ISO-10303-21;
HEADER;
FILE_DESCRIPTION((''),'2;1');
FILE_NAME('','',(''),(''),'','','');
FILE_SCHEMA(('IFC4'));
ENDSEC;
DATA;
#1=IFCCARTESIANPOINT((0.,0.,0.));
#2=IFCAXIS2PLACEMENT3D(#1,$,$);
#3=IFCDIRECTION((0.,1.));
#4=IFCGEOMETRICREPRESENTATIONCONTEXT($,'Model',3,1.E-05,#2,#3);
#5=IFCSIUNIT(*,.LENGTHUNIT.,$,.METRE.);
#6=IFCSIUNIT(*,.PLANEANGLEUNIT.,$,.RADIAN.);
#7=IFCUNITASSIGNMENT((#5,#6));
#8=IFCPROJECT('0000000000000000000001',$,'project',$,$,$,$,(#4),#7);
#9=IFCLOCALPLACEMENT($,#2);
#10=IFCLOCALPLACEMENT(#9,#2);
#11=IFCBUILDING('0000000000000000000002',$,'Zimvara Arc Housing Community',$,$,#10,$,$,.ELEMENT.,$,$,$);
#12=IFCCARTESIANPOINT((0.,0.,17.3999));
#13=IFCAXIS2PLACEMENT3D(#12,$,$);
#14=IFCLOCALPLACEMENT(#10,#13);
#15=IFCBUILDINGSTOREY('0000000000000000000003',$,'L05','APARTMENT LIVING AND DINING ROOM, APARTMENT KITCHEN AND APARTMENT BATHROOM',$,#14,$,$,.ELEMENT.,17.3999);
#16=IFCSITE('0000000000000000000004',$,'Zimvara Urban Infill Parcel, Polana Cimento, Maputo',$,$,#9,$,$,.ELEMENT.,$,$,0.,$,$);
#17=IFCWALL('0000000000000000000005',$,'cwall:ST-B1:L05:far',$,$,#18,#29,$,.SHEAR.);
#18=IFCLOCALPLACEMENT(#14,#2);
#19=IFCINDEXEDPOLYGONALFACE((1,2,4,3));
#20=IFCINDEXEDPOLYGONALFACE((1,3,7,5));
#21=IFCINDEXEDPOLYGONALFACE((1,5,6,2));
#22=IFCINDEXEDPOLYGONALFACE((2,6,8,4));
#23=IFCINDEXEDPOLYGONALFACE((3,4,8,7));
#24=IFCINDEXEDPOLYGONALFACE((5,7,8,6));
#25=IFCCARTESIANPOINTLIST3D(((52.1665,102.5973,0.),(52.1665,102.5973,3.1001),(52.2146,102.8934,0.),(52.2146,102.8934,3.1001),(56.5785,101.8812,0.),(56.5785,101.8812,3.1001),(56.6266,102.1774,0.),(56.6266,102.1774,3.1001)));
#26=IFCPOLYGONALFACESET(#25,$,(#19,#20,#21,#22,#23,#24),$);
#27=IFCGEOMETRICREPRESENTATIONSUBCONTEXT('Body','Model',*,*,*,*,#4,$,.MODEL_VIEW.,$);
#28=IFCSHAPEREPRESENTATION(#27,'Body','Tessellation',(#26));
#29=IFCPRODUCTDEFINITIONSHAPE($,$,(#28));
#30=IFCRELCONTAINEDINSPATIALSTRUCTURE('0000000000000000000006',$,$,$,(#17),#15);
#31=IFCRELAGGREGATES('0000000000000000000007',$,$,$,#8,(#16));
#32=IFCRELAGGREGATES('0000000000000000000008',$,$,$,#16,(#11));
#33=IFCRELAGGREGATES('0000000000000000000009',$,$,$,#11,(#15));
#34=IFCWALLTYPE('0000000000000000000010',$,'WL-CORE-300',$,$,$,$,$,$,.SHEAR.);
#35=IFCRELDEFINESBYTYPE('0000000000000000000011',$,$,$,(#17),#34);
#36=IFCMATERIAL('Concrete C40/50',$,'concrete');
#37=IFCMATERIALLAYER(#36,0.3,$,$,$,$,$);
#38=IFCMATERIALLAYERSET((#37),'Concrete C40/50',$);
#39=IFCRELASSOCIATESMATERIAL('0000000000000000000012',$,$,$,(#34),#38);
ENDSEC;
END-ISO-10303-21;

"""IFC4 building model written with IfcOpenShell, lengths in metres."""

from ifc_helpers import new_model, si_unit, direction, frame, frame_2d, origin, place, context, subcontext, project, spatial, rectangle, extrude, material, layer, layer_set, type_object, element, save


model = new_model("IFC4")

# Units and contexts
model_context = context("Model", 3, precision=1e-05, world=origin(), true_north=direction((0.0, 1.0)))
body_context = subcontext(model_context, "Body", "Model", "MODEL_VIEW")
ifc_project = project(units=[si_unit("LENGTHUNIT", "METRE"), si_unit("PLANEANGLEUNIT", "RADIAN")], contexts=[model_context])

# Site, building, storey
site_placement = place(None, origin())
site = spatial("IfcSite", under=ifc_project, at=site_placement, Name="Zimvara Urban Infill Parcel, Polana Cimento, Maputo", CompositionType="ELEMENT", RefElevation=0.0)
building_placement = place(site_placement, origin())
building = spatial("IfcBuilding", under=site, at=building_placement, Name="Zimvara Arc Housing Community", CompositionType="ELEMENT")
storey_placement = place(building_placement, frame((0.0, 0.0, 17.3999)))
storey = spatial("IfcBuildingStorey", under=building, at=storey_placement, Name="L05", Description="APARTMENT LIVING AND DINING ROOM, APARTMENT KITCHEN AND APARTMENT BATHROOM", CompositionType="ELEMENT", Elevation=17.3999)

# Wall
ifc_material_1 = material(Name="Concrete C40/50", Category="concrete")
ifc_layer_1 = layer(ifc_material_1, 0.3)
ifc_layer_set_1 = layer_set([ifc_layer_1], Name="Concrete C40/50")
wall_type_1 = type_object("IfcWallType", Name="WL-CORE-300", PredefinedType="SHEAR", material=ifc_layer_set_1)
wall_1_placement = place(storey_placement, frame((56.6025, 102.0293, 0.0), z_axis=(0.0, 0.0, 1.0), x_axis=(-0.987085, 0.160199, 0.0)))
element("IfcWall", 1, at=wall_1_placement, inside=storey, type_object=wall_type_1, Name="cwall:ST-B1:L05:far", PredefinedType="SHEAR", context=body_context, shape_type="SweptSolid", body=[
    extrude(rectangle(XDim=4.4697, YDim=0.3, at=frame_2d((2.2349, 0.0))), origin(), (0.0, 0.0, 1.0), 3.1001),
])

save(model, "model.ifc")
